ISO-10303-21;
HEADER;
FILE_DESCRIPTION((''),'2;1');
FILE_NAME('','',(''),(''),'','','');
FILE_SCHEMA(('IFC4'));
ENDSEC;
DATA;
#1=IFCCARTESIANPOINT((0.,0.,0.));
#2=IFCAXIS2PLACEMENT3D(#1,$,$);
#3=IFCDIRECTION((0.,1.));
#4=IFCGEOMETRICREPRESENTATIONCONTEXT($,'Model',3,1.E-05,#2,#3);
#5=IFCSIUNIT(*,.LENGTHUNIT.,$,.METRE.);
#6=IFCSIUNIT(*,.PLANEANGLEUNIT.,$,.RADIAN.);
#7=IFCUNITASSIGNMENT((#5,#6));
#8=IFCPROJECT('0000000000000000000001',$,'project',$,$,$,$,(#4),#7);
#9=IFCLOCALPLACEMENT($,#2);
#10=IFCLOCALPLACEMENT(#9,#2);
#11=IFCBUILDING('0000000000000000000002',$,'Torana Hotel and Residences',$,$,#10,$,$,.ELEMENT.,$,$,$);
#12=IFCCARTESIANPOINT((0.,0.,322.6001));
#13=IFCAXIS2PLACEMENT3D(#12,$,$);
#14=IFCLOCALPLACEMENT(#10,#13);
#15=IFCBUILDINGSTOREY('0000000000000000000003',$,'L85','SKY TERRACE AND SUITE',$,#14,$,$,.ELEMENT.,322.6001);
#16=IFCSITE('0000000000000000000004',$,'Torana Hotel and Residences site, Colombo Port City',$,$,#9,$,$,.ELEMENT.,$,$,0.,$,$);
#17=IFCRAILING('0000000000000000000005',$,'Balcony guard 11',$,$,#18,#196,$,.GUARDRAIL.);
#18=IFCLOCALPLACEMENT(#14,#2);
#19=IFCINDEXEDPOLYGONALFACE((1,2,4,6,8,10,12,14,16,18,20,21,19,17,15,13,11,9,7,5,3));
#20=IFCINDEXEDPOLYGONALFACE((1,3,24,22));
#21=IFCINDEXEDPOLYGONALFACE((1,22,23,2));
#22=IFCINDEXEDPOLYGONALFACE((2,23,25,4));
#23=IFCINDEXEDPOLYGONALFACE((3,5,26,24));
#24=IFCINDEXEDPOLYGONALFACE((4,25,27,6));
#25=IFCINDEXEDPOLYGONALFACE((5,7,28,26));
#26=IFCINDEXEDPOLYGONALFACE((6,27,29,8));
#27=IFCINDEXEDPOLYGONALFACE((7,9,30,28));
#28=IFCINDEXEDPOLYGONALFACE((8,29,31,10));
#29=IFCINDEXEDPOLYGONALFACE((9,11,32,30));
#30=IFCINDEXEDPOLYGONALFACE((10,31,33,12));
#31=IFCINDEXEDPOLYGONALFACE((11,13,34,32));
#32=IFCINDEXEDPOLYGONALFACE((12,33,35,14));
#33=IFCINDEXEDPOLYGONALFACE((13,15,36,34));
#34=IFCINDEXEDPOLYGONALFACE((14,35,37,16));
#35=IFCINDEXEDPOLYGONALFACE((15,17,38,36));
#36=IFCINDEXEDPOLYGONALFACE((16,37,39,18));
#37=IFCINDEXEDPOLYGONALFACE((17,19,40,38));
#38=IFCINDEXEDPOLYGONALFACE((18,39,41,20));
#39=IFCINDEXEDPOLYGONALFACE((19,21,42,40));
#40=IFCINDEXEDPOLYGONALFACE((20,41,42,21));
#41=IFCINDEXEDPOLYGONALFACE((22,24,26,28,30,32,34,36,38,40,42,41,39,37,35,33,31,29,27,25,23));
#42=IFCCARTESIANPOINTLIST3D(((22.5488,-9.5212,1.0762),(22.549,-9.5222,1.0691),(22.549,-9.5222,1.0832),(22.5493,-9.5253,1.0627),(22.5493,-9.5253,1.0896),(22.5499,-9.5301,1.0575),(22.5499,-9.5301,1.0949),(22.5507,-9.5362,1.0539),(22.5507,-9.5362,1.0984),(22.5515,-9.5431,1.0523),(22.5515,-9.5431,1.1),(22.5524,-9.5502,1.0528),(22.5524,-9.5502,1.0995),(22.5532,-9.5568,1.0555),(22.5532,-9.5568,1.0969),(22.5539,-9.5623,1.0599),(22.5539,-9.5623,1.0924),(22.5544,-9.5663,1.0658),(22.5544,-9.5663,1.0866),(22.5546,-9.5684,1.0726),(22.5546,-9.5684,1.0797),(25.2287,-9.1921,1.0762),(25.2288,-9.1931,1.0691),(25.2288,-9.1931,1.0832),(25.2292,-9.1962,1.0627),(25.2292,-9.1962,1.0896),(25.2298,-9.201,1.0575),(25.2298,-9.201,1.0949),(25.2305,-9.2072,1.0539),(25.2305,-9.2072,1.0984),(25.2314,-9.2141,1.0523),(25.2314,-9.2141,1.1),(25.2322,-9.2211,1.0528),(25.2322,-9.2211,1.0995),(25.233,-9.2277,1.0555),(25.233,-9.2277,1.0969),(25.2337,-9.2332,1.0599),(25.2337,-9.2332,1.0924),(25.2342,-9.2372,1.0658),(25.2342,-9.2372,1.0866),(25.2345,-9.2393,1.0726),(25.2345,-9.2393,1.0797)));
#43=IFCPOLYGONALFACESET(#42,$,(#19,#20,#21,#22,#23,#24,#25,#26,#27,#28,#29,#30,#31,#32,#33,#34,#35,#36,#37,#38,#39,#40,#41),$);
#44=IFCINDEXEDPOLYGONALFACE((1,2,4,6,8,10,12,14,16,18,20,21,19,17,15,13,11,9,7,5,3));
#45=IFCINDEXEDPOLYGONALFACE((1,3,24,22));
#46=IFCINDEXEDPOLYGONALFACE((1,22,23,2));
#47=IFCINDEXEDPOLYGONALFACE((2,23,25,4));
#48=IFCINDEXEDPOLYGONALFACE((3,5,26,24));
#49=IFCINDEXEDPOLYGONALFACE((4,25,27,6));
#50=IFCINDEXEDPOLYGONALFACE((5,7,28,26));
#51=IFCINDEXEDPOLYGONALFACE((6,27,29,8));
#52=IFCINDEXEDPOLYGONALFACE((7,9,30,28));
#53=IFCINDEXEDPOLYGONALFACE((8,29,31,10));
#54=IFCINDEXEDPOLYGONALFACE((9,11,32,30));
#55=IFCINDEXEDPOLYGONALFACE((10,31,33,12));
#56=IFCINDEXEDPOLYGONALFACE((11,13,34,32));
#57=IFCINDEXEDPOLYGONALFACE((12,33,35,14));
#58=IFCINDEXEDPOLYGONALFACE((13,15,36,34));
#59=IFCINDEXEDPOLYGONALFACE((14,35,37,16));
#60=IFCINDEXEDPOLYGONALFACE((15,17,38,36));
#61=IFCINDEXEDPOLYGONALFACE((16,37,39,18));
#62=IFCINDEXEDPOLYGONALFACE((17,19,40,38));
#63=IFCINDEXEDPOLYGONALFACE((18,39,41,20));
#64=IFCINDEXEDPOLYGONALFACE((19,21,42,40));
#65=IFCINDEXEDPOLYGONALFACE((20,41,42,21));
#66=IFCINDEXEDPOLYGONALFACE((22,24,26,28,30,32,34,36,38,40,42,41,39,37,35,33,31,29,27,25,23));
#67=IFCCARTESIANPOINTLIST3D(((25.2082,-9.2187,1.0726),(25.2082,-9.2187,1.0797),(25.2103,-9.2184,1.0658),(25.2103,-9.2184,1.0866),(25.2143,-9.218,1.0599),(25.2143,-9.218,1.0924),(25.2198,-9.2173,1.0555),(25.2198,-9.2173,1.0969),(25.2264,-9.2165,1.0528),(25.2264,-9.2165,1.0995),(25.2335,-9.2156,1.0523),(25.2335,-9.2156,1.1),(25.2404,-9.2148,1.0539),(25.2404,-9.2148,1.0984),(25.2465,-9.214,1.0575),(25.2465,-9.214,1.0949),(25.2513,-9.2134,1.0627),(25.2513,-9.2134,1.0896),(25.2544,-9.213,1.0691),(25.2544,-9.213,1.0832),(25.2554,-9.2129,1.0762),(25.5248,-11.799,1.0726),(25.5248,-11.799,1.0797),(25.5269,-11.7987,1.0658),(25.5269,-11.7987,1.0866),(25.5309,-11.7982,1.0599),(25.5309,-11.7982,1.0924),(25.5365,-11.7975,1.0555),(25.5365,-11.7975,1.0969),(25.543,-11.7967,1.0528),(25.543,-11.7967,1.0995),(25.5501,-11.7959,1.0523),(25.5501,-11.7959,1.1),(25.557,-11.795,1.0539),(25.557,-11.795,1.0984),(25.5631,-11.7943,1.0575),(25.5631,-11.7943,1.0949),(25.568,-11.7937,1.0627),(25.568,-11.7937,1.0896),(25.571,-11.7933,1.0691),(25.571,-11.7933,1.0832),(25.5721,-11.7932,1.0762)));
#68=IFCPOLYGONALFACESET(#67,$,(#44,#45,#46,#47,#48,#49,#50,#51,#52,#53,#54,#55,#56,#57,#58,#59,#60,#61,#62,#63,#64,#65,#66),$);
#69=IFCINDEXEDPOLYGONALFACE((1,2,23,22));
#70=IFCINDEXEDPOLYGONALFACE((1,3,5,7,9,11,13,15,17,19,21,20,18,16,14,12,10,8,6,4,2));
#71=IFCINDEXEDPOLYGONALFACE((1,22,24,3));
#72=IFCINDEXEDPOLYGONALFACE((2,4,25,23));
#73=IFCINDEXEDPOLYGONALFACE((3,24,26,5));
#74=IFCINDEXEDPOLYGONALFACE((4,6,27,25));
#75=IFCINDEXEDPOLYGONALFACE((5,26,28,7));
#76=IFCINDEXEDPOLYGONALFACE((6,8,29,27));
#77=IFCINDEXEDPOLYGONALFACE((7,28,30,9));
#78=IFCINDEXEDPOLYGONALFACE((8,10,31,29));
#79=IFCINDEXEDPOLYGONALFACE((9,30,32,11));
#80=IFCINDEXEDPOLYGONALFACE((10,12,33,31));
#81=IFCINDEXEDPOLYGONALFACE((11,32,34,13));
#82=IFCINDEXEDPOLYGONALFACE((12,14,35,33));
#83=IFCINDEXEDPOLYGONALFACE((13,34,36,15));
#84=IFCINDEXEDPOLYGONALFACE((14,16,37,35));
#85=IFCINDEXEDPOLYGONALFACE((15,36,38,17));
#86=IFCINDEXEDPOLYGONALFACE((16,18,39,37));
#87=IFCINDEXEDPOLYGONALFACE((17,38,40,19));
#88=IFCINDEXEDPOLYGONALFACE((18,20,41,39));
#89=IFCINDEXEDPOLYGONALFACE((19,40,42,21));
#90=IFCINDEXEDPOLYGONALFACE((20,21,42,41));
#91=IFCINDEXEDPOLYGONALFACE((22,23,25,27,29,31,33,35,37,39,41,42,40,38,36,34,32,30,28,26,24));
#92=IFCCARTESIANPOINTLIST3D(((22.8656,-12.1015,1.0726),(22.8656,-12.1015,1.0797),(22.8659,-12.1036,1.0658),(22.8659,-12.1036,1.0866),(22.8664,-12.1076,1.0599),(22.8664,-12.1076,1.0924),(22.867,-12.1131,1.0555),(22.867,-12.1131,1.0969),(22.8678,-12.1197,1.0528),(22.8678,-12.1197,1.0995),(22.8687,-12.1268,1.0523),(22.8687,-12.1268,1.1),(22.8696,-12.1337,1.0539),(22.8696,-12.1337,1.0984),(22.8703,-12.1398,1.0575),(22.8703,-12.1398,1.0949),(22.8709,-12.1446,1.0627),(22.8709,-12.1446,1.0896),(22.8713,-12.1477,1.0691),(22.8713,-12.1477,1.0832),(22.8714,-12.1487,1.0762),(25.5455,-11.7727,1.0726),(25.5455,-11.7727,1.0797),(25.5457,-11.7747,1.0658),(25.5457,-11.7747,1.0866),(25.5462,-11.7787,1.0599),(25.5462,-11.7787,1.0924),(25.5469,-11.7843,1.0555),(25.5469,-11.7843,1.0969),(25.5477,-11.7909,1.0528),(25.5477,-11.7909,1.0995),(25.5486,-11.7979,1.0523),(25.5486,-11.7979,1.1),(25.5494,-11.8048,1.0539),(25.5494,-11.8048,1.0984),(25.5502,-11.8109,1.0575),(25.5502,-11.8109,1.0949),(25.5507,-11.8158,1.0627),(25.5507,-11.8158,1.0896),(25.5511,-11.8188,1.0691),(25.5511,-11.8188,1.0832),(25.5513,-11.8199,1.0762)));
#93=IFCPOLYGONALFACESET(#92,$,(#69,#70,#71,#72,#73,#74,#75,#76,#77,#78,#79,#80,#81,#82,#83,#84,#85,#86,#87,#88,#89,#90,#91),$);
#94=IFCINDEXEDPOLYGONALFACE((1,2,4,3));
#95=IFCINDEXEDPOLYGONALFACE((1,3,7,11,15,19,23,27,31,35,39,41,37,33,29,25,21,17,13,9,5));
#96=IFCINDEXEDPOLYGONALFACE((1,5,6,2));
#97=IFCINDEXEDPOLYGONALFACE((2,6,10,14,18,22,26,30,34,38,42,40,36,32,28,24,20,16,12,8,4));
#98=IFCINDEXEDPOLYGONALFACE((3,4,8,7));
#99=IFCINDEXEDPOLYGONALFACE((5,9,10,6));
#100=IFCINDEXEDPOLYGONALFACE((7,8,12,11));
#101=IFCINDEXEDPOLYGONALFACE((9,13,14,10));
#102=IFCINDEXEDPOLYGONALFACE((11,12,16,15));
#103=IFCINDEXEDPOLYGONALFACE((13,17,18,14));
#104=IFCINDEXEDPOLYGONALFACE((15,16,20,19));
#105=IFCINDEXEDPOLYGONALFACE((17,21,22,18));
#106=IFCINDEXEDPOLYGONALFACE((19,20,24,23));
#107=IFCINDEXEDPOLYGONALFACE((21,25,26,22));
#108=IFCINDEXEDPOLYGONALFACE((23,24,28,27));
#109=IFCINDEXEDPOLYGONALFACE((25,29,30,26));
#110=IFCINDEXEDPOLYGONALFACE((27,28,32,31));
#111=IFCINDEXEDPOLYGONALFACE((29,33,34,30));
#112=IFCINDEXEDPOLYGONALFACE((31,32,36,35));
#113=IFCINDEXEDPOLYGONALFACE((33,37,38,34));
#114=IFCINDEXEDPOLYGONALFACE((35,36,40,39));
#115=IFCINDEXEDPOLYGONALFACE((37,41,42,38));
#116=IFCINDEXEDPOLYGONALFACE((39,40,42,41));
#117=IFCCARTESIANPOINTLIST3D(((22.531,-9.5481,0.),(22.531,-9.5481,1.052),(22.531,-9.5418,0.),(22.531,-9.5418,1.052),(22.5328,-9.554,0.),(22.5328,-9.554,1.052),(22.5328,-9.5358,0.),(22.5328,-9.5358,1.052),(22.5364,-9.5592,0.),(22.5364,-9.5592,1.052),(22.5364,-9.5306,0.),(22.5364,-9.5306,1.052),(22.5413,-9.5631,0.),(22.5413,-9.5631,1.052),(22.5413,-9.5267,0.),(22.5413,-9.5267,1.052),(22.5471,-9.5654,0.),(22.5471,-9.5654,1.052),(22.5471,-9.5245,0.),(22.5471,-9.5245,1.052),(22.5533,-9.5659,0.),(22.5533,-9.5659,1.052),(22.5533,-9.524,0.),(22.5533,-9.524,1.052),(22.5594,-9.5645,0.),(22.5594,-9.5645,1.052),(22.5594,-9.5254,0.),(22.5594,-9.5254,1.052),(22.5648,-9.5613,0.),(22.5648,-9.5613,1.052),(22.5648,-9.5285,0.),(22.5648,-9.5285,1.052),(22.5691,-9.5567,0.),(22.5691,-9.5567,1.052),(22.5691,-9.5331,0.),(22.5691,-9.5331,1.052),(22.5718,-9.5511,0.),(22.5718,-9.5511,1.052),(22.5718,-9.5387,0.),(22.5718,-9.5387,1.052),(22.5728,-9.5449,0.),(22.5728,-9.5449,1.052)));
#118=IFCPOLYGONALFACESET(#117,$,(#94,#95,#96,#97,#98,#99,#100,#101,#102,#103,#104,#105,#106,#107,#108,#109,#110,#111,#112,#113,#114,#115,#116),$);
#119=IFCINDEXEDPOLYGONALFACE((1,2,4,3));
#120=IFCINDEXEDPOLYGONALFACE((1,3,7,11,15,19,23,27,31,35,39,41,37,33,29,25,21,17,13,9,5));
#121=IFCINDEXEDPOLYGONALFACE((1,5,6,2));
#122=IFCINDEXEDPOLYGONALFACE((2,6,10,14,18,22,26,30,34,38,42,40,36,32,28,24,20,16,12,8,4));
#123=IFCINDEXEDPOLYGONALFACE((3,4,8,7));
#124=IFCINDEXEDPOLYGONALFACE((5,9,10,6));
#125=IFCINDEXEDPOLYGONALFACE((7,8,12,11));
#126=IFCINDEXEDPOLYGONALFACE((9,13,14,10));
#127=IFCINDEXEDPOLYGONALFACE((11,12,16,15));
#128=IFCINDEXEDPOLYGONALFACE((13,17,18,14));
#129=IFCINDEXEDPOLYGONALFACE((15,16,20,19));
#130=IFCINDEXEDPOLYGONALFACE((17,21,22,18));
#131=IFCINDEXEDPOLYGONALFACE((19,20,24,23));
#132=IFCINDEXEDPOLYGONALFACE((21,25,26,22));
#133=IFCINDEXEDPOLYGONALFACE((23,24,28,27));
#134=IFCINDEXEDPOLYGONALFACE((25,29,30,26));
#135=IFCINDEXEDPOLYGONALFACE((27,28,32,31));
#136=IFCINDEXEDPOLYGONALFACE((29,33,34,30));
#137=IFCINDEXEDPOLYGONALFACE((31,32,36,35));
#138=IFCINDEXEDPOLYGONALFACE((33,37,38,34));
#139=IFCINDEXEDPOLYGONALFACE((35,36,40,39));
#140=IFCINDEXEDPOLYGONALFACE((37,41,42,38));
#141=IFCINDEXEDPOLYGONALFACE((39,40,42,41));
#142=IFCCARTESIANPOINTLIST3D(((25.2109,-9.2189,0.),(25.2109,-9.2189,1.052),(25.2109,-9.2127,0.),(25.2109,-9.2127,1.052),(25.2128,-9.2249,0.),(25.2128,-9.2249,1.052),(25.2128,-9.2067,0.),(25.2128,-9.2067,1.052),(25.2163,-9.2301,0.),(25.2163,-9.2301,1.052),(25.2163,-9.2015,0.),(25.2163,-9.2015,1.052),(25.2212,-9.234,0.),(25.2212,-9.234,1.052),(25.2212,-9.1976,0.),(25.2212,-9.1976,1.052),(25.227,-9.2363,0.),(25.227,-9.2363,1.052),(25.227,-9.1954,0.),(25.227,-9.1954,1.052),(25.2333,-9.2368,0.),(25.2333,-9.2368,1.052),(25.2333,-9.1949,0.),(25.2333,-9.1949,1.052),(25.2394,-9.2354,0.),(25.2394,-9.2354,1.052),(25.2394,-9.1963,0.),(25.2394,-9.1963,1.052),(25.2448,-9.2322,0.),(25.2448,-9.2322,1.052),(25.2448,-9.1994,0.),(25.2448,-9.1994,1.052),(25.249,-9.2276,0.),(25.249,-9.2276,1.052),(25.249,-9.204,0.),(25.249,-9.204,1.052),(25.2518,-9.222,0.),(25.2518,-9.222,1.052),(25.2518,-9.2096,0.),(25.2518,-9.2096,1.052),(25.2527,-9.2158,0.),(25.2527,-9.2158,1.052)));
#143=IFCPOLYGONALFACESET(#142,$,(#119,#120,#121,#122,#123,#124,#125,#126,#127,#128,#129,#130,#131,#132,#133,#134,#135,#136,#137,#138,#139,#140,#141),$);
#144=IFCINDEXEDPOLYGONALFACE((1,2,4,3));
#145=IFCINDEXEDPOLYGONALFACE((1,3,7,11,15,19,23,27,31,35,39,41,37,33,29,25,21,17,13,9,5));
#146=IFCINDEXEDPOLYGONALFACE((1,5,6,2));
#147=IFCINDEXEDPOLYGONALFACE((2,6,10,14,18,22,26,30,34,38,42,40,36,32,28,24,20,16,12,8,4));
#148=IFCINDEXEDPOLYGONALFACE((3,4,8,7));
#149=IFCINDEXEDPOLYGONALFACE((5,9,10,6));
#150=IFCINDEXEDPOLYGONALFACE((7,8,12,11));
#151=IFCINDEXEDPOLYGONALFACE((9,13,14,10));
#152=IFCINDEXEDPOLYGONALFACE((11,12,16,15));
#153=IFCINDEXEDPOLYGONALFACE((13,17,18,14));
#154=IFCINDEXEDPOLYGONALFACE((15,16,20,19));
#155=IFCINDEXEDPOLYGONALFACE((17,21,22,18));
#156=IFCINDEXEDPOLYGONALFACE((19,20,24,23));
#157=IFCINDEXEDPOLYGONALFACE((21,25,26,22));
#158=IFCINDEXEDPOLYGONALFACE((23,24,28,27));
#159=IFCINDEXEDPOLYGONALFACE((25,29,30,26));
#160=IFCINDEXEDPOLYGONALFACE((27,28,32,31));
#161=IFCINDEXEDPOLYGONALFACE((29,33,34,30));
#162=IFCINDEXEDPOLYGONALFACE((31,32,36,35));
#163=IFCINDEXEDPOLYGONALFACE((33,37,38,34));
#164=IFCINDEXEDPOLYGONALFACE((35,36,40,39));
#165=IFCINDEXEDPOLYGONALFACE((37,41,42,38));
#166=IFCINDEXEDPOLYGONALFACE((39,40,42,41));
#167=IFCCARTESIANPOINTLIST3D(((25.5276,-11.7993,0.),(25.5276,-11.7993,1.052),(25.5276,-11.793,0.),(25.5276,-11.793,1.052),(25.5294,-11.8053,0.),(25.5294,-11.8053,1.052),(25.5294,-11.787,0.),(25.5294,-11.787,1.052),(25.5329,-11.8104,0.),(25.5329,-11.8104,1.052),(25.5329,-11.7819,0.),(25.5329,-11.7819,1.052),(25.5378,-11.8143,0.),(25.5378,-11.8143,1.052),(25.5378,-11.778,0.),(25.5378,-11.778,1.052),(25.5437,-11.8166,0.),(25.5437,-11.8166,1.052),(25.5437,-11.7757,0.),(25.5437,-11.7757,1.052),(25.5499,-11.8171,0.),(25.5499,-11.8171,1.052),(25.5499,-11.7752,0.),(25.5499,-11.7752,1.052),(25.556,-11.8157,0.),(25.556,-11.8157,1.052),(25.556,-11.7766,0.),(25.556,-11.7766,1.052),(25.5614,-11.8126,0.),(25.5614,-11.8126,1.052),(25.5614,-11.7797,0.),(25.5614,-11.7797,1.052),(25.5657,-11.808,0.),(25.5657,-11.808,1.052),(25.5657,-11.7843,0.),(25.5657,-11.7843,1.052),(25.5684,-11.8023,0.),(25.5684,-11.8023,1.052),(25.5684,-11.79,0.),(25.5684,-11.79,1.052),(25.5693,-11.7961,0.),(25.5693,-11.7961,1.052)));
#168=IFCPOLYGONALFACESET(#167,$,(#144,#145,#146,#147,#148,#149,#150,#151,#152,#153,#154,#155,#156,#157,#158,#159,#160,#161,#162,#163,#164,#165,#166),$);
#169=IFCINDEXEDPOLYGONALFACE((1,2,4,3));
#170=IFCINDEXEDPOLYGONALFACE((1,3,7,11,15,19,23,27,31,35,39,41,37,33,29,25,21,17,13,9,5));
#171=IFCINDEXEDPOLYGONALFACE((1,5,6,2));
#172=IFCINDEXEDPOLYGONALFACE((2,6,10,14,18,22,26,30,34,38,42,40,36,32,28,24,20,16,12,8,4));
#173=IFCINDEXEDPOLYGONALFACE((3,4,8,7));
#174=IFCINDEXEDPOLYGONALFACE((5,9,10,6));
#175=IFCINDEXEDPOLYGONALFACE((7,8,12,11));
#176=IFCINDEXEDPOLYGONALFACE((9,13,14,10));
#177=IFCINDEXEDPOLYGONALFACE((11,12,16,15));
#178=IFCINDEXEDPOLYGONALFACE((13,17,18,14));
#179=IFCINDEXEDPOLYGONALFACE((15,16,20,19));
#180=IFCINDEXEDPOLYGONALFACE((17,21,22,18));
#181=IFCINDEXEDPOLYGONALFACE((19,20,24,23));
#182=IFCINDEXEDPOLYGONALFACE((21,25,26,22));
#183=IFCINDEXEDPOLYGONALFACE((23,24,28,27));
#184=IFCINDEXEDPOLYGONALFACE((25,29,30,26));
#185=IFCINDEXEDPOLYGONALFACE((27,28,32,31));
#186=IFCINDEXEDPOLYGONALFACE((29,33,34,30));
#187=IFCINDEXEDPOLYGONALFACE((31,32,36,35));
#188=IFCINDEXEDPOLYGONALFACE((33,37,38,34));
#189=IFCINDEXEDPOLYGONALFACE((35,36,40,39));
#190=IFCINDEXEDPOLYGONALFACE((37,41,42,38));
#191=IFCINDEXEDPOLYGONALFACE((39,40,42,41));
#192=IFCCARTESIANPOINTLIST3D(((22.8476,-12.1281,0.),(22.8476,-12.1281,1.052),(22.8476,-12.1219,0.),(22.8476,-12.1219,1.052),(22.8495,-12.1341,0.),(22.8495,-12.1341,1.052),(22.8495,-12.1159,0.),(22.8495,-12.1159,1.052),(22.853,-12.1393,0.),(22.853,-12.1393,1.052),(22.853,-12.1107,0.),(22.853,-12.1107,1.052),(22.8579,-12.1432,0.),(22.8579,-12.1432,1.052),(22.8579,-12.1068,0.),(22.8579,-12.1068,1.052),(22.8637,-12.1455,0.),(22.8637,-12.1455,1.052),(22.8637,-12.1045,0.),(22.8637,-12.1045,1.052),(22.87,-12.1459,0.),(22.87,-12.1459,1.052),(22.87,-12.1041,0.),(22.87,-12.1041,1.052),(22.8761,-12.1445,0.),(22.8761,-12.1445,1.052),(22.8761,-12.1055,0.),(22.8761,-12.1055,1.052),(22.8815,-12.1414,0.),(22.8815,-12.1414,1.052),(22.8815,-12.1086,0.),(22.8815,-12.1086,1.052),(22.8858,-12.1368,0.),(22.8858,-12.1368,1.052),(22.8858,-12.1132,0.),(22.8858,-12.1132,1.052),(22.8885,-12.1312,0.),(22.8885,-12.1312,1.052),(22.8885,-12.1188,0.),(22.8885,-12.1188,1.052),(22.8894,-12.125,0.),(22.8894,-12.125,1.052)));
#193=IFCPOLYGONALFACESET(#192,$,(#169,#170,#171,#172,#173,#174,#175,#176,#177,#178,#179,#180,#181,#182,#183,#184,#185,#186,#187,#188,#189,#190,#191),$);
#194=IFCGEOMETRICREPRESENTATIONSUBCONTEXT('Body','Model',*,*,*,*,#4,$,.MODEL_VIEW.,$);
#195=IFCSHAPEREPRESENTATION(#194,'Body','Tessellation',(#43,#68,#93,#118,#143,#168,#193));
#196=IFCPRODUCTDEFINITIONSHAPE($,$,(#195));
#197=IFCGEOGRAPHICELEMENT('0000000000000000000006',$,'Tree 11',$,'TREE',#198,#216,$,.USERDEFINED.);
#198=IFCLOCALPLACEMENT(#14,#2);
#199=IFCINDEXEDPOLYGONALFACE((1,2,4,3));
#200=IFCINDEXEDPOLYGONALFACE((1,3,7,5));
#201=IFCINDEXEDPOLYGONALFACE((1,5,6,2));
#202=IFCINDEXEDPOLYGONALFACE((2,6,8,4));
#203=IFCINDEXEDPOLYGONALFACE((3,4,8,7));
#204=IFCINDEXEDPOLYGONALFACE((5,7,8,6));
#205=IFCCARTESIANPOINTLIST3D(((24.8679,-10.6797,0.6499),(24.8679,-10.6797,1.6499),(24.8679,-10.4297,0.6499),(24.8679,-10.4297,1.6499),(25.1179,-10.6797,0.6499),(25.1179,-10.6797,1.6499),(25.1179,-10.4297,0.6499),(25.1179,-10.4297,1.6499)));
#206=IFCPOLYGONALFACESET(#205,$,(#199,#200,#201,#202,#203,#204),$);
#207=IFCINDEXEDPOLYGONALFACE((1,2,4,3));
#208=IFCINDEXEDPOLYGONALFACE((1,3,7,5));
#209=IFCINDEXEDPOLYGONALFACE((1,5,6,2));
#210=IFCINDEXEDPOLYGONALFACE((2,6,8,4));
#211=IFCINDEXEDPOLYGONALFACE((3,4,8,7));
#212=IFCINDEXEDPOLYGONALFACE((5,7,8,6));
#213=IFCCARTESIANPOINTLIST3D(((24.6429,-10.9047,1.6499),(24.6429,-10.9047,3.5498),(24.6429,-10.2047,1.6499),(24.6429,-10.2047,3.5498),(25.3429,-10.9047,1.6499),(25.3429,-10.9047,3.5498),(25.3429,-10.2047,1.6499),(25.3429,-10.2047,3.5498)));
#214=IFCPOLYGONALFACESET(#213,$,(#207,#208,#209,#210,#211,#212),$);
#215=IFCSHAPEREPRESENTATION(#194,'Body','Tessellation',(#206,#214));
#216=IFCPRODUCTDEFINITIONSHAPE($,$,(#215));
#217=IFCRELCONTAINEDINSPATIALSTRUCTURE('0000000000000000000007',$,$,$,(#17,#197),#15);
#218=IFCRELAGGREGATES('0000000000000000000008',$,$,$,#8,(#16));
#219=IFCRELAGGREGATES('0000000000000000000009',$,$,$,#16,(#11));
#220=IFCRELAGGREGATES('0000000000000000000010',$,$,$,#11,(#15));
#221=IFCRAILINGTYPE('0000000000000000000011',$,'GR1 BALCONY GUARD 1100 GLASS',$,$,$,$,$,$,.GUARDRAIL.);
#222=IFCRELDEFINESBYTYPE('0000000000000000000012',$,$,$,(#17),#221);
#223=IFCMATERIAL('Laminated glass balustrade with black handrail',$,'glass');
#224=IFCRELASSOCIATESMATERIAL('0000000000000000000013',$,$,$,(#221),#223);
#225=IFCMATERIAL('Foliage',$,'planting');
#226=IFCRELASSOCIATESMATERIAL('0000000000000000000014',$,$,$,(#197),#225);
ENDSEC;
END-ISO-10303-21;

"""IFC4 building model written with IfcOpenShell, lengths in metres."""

from ifc_helpers import new_model, si_unit, direction, frame, origin, origin_2d, place, context, subcontext, project, spatial, rectangle, circle, extrude, material, type_object, element, save


model = new_model("IFC4")

# Units and contexts
model_context = context("Model", 3, precision=1e-05, world=origin(), true_north=direction((0.0, 1.0)))
body_context = subcontext(model_context, "Body", "Model", "MODEL_VIEW")
ifc_project = project(units=[si_unit("LENGTHUNIT", "METRE"), si_unit("PLANEANGLEUNIT", "RADIAN")], contexts=[model_context])

# Site, building, storey
site_placement = place(None, origin())
site = spatial("IfcSite", under=ifc_project, at=site_placement, Name="Torana Hotel and Residences site, Colombo Port City", CompositionType="ELEMENT", RefElevation=0.0)
building_placement = place(site_placement, origin())
building = spatial("IfcBuilding", under=site, at=building_placement, Name="Torana Hotel and Residences", CompositionType="ELEMENT")
storey_placement = place(building_placement, frame((0.0, 0.0, 322.6001)))
storey = spatial("IfcBuildingStorey", under=building, at=storey_placement, Name="L85", Description="SKY TERRACE AND SUITE", CompositionType="ELEMENT", Elevation=322.6001)

# Railing
ifc_material_1 = material(Name="Laminated glass balustrade with black handrail", Category="glass")
railing_type_1 = type_object("IfcRailingType", Name="GR1 BALCONY GUARD 1100 GLASS", PredefinedType="GUARDRAIL", material=ifc_material_1)
railing_1_placement = place(storey_placement, frame((22.5518, -9.5449, 0.0)))
element("IfcRailing", 1, at=railing_1_placement, inside=storey, type_object=railing_type_1, Name="Balcony guard 11", PredefinedType="GUARDRAIL", context=body_context, shape_type="SweptSolid", body=[
    extrude(circle(Radius=0.0239, at=origin_2d()), frame((0.0, 0.0, 1.0762), z_axis=(0.992544, 0.121887, 0.0), x_axis=(-0.121887, 0.992544, 0.0)), (0.0, 0.0, 1.0), 2.7),
    extrude(circle(Radius=0.0239, at=origin_2d()), frame((2.6799, 0.3291, 1.0762), z_axis=(0.121804, -0.992554, 0.0), x_axis=(0.992554, 0.121804, 0.0)), (0.0, 0.0, 1.0), 2.5996),
    extrude(circle(Radius=0.0239, at=origin_2d()), frame((2.9966, -2.2512, 1.0762), z_axis=(-0.992555, -0.121798, 0.0), x_axis=(0.121798, -0.992555, 0.0)), (0.0, 0.0, 1.0), 2.7),
    extrude(circle(Radius=0.021, at=origin_2d()), origin(), (0.0, 0.0, 1.0), 1.052),
    extrude(circle(Radius=0.021, at=origin_2d()), frame((2.6799, 0.3291, 0.0)), (0.0, 0.0, 1.0), 1.052),
    extrude(circle(Radius=0.021, at=origin_2d()), frame((2.9966, -2.2512, 0.0)), (0.0, 0.0, 1.0), 1.052),
    extrude(circle(Radius=0.021, at=origin_2d()), frame((0.3167, -2.5801, 0.0)), (0.0, 0.0, 1.0), 1.052),
])

# Geographic element
ifc_material_2 = material(Name="Foliage", Category="planting")
geographic_element_placement = place(storey_placement, frame((24.9929, -10.5547, 0.6499), z_axis=(0.0, 0.0, 1.0), x_axis=(1.0, 0.0, 0.0)))
element("IfcGeographicElement", 2, at=geographic_element_placement, inside=storey, material=ifc_material_2, Name="Tree 11", ObjectType="TREE", PredefinedType="USERDEFINED", context=body_context, shape_type="SweptSolid", body=[
    extrude(rectangle(XDim=0.25, YDim=0.25, at=origin_2d()), origin(), (0.0, 0.0, 1.0), 1.0),
    extrude(rectangle(XDim=0.7, YDim=0.7, at=origin_2d()), frame((0.0, 0.0, 1.0)), (0.0, 0.0, 1.0), 1.8999),
])

save(model, "model.ifc")
